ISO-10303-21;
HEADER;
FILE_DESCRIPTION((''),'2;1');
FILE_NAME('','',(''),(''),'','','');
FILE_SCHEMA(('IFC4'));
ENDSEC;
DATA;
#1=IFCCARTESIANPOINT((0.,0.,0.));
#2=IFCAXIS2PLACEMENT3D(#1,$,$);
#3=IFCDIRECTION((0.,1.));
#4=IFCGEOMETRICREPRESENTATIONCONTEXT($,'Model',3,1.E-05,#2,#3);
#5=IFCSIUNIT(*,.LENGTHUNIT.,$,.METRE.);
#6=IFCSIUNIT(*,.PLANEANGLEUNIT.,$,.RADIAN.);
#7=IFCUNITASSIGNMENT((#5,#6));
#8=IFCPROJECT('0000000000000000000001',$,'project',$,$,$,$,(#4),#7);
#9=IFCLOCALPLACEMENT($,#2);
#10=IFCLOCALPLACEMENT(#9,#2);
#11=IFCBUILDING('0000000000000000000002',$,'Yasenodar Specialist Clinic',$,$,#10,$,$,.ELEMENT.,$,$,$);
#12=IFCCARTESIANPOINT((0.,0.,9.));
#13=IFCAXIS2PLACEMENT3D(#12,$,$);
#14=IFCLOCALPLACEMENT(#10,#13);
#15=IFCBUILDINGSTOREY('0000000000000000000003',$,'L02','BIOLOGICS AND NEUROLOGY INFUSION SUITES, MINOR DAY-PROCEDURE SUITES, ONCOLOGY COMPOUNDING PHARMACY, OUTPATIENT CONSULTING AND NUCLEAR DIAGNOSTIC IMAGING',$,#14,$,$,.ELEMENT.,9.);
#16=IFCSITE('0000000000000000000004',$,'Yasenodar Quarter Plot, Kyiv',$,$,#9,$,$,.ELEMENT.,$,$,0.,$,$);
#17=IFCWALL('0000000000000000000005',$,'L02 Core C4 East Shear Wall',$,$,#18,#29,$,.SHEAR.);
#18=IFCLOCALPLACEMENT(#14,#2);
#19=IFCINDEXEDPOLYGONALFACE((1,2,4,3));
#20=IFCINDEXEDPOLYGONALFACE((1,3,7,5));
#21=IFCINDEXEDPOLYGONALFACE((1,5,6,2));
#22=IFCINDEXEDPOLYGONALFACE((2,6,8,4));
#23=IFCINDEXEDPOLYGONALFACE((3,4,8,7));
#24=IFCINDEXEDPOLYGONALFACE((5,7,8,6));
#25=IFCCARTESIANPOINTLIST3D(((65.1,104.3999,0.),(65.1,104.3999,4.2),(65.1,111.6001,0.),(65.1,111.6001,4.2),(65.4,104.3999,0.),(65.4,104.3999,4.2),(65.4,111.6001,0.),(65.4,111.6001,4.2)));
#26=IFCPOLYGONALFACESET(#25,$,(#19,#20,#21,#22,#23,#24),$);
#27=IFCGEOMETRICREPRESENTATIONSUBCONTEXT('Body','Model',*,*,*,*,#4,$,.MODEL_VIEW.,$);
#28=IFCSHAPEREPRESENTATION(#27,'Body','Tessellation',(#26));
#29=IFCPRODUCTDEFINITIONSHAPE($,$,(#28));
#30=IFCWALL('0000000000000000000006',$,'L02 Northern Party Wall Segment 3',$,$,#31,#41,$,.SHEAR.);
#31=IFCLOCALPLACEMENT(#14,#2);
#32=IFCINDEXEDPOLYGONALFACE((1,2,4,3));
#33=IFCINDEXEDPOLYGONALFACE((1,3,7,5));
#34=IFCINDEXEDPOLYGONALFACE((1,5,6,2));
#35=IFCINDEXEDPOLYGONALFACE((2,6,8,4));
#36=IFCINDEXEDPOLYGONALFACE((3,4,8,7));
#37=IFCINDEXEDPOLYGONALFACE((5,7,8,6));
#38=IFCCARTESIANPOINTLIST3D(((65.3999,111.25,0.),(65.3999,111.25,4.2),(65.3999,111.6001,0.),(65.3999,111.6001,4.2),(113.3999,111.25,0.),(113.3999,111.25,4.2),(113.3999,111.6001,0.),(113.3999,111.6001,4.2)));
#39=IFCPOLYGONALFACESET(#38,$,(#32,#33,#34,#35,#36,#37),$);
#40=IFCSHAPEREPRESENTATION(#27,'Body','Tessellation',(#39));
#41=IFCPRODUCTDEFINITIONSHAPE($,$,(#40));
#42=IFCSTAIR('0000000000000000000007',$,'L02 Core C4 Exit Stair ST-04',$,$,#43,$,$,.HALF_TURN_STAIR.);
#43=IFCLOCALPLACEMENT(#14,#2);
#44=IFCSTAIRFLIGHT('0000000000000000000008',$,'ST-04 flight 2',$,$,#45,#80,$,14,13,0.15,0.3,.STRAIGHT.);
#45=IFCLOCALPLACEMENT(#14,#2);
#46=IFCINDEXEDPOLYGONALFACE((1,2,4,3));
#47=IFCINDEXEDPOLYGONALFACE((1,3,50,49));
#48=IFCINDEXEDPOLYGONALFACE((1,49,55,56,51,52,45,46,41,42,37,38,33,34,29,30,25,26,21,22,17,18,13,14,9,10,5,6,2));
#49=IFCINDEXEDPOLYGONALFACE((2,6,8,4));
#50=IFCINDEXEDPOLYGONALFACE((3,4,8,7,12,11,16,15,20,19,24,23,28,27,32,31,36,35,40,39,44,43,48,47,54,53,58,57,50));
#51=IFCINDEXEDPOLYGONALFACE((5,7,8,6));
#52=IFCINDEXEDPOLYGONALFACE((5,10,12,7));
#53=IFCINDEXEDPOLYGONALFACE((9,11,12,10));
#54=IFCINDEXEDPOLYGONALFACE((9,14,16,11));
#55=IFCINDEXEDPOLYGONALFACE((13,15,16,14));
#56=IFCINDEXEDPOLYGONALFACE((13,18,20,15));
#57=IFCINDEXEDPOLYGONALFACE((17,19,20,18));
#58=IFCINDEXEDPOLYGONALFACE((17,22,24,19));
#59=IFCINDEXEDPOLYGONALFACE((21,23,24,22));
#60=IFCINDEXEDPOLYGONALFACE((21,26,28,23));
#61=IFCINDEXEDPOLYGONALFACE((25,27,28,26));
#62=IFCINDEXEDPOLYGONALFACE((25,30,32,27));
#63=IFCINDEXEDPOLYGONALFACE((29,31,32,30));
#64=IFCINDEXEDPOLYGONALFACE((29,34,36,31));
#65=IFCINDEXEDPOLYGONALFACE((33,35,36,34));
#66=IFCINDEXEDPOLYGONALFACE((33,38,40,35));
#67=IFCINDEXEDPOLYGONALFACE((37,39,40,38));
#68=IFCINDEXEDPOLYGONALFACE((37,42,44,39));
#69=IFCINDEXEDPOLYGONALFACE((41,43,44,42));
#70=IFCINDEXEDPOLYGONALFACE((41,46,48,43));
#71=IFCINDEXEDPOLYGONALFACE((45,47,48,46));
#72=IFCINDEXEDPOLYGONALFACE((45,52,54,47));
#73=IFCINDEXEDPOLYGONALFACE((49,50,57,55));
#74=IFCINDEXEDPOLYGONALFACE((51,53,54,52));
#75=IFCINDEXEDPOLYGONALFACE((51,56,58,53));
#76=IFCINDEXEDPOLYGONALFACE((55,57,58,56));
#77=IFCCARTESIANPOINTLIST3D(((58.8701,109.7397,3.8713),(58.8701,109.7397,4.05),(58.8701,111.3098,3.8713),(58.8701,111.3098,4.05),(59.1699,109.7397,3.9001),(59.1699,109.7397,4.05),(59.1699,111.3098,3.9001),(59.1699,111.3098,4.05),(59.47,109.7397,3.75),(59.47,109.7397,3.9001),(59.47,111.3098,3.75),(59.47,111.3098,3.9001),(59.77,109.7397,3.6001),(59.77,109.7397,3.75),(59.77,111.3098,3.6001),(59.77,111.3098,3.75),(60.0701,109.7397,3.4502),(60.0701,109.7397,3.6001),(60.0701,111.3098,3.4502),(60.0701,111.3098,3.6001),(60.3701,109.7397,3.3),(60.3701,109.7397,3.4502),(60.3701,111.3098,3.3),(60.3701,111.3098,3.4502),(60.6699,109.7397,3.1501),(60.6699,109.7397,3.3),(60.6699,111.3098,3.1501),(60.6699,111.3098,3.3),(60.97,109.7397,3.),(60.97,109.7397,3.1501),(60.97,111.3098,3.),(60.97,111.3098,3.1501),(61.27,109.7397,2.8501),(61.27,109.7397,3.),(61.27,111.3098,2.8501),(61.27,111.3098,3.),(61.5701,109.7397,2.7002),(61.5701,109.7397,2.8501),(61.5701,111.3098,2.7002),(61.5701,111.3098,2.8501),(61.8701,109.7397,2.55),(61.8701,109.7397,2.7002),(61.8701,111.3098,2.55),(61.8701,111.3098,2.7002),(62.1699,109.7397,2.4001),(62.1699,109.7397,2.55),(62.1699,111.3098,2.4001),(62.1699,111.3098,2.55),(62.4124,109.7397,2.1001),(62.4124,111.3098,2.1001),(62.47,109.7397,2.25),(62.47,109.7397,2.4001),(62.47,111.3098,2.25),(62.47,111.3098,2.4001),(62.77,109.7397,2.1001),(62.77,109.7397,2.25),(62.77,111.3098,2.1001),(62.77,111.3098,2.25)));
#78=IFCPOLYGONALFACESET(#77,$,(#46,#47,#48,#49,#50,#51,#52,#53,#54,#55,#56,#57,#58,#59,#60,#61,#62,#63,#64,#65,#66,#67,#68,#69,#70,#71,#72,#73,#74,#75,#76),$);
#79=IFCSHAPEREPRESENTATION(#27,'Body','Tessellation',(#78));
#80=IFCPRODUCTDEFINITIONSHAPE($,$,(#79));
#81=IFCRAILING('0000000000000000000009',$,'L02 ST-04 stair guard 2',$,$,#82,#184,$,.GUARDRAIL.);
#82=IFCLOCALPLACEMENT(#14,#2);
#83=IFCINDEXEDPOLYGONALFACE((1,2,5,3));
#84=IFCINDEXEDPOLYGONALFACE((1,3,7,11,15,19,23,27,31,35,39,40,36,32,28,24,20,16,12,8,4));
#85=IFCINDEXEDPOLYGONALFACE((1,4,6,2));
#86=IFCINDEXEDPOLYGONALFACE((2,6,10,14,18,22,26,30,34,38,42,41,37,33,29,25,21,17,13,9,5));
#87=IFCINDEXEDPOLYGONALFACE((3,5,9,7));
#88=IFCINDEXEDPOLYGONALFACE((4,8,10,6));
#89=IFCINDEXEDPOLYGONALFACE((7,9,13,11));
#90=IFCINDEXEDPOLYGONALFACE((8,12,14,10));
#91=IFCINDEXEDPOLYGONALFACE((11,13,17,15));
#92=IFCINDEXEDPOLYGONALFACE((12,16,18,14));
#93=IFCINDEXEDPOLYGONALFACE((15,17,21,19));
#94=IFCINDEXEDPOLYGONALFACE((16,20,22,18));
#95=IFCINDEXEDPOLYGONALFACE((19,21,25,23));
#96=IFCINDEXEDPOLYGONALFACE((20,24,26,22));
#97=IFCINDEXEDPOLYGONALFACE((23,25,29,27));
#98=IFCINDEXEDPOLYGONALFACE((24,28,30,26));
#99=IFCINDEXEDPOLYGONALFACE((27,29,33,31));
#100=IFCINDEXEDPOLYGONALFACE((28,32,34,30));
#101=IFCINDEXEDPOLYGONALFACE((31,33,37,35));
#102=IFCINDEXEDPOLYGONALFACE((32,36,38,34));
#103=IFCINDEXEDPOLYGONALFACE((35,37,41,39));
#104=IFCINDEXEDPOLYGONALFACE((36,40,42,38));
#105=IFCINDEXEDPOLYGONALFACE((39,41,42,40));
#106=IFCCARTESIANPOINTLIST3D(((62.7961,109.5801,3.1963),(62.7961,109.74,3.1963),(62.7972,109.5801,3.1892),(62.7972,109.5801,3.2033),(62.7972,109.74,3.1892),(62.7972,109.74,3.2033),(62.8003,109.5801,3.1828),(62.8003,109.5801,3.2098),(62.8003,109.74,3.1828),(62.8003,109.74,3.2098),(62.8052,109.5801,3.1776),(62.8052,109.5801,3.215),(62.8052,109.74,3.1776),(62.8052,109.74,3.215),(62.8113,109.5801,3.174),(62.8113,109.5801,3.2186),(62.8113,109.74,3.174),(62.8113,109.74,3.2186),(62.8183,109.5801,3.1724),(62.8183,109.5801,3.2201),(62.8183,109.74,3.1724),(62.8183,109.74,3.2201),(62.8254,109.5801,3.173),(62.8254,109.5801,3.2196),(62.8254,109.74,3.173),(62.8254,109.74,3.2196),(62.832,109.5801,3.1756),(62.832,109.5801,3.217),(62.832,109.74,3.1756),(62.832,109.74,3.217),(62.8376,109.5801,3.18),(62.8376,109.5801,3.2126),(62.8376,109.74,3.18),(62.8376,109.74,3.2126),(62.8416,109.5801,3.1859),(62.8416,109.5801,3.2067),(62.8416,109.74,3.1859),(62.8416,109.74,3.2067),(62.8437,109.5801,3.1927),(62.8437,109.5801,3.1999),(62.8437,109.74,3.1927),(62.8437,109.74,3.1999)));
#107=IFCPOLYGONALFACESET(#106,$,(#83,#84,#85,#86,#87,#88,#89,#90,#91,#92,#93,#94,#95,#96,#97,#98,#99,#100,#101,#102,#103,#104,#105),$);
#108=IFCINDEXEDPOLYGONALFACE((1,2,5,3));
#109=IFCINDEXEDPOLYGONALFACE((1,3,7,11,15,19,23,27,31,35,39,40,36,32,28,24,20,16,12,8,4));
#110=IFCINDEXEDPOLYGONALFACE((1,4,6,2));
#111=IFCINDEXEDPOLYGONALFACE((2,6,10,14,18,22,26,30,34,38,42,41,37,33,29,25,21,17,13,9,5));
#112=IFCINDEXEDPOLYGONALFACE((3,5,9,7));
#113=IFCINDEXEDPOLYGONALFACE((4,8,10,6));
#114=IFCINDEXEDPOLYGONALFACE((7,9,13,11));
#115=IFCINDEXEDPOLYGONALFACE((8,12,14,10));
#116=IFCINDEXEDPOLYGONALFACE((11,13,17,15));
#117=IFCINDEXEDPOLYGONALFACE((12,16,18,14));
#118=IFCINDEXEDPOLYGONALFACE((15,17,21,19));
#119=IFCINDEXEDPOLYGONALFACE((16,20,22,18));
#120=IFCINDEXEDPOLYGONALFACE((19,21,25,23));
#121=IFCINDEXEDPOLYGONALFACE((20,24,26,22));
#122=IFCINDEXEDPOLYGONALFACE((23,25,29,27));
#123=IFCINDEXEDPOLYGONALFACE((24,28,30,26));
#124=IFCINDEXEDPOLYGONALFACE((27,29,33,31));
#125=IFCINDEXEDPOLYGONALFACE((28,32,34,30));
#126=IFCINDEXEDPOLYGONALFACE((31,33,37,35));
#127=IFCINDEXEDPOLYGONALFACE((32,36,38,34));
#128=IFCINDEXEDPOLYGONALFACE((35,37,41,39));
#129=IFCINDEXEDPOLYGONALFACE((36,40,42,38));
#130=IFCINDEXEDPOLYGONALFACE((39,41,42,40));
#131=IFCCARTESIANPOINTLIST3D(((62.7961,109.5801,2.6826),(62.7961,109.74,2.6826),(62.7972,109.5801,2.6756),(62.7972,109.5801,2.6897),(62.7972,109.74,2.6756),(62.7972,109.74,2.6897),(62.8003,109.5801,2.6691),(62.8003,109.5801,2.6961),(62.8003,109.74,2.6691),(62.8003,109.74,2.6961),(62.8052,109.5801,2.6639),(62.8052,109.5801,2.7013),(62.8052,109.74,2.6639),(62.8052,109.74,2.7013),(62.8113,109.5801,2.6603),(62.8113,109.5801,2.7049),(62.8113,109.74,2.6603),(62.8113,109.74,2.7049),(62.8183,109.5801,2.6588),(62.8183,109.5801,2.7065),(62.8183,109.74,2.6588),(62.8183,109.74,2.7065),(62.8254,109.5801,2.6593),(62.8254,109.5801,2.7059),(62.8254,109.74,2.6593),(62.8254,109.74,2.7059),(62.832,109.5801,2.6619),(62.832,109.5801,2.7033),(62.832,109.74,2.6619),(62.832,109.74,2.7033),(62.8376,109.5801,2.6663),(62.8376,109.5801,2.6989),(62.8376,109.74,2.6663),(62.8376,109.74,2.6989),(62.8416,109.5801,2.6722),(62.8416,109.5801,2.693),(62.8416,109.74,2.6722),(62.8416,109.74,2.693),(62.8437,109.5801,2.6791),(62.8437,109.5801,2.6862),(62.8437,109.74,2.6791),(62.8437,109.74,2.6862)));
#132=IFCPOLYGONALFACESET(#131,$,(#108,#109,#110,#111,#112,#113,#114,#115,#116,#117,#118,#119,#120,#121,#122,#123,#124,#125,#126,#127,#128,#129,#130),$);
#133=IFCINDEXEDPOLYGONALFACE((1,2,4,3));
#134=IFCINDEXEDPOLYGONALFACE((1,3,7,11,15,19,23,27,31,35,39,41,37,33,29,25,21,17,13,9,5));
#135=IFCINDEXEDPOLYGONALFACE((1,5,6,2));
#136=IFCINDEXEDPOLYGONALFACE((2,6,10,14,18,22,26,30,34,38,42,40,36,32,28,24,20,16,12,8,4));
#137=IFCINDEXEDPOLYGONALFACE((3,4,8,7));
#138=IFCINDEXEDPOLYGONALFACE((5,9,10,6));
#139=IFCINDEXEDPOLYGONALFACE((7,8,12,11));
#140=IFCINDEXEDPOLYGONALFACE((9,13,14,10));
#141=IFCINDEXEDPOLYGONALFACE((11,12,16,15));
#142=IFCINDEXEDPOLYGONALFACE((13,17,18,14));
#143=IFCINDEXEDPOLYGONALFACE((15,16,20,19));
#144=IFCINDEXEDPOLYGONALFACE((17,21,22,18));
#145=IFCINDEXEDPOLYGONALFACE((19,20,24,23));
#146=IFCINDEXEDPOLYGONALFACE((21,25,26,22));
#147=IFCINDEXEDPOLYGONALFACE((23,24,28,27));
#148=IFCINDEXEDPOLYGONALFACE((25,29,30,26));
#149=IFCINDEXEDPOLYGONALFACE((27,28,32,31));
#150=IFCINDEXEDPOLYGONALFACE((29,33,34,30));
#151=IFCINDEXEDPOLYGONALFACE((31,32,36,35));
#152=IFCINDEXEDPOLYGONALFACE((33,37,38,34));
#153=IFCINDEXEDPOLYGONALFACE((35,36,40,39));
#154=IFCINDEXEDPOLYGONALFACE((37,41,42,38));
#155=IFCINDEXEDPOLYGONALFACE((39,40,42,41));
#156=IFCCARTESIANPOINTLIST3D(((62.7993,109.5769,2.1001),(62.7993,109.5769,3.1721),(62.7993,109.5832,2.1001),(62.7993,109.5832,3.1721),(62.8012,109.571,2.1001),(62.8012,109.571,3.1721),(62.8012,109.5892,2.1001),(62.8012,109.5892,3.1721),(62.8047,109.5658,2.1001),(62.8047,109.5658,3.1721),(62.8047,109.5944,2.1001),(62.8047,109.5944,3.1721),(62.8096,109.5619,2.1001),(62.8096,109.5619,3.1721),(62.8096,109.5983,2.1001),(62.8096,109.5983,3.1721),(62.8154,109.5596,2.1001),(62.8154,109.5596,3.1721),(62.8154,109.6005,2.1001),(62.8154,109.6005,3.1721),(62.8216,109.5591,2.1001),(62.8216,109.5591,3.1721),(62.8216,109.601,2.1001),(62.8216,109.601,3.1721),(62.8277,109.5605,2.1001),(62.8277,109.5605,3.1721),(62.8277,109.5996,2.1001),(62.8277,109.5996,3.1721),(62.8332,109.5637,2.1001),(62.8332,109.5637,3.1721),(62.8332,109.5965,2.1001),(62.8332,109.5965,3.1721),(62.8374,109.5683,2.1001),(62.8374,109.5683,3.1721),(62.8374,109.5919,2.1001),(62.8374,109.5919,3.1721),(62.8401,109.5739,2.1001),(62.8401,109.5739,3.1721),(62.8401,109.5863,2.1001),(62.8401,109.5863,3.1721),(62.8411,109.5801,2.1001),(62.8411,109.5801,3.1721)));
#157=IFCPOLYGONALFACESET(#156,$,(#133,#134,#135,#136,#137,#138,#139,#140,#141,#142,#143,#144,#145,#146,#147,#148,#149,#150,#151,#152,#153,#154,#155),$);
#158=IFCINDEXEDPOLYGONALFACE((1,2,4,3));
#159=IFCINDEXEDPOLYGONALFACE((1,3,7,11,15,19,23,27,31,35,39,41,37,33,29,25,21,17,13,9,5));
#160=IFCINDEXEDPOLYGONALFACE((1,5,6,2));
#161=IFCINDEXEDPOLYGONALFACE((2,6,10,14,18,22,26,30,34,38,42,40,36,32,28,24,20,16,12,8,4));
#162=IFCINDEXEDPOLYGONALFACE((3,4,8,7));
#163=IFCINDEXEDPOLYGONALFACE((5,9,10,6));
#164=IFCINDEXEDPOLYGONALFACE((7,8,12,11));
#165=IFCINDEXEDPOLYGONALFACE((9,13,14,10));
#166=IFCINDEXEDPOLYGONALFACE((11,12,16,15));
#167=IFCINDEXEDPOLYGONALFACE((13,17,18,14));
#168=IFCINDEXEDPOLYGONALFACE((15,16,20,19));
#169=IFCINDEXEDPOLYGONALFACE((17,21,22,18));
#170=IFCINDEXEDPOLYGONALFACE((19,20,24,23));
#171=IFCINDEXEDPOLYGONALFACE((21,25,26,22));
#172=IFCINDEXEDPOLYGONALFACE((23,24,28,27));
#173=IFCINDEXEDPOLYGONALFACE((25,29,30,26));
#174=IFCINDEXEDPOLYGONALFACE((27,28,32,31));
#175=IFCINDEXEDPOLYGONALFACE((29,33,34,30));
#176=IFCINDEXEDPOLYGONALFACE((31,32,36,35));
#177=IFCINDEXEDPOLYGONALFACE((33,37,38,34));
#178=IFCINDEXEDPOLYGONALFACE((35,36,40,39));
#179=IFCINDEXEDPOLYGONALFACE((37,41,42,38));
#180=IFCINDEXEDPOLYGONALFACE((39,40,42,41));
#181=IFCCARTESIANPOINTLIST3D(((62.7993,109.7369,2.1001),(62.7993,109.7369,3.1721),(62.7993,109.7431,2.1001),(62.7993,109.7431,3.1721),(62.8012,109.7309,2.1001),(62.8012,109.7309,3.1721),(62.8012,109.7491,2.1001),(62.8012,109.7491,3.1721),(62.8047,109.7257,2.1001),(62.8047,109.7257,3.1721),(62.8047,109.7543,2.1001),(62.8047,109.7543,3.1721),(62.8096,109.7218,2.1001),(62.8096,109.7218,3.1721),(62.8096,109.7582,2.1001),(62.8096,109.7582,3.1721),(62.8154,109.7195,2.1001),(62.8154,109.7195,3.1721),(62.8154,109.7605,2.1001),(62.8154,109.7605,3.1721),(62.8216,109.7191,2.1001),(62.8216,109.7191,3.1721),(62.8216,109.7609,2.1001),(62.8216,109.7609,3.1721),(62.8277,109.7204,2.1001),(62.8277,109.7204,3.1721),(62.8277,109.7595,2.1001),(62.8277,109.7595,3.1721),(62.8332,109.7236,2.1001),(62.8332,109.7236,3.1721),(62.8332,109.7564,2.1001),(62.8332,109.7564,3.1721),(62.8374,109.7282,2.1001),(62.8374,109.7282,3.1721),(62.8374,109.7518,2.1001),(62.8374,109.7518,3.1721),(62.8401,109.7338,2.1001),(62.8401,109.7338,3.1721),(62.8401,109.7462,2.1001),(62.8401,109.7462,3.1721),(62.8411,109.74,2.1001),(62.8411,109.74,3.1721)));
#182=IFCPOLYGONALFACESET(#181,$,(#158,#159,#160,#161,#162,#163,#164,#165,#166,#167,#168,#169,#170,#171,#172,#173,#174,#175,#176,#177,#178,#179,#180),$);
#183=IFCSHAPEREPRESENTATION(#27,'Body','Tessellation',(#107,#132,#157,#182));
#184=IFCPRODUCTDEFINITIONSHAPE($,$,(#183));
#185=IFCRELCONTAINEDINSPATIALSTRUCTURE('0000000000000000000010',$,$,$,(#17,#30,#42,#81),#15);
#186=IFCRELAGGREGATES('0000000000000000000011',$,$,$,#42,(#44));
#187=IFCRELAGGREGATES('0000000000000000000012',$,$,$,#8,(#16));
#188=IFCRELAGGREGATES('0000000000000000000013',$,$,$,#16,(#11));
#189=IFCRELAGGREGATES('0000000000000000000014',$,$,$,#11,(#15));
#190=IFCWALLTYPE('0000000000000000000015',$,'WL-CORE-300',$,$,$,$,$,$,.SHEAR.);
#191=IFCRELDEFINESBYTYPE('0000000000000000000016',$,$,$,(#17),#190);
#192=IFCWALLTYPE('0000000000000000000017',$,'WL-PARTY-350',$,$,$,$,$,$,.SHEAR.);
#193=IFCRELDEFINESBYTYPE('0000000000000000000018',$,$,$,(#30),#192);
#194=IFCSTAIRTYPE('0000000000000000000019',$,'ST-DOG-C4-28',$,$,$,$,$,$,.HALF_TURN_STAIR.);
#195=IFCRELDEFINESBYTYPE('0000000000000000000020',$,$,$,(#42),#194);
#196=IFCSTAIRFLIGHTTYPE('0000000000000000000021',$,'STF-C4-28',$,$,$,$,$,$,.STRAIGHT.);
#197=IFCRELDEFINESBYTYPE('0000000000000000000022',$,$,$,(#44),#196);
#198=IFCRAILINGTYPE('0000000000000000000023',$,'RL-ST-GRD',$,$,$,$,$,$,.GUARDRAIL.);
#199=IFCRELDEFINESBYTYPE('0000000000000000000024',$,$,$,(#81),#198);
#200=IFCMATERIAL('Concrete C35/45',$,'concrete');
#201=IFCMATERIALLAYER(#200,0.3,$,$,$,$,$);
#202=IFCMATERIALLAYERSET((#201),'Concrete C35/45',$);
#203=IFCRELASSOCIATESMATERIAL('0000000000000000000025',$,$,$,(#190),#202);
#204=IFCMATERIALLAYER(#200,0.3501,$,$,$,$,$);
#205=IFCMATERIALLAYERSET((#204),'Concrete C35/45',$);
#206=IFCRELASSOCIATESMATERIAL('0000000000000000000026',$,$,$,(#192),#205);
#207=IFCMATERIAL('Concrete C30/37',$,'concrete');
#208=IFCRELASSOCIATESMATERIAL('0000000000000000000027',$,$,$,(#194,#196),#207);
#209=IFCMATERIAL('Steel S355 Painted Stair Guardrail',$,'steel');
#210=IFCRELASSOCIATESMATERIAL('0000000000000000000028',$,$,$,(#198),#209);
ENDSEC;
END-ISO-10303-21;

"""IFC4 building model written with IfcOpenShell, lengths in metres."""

from ifc_helpers import new_model, si_unit, direction, frame, frame_2d, origin, origin_2d, place, context, subcontext, project, spatial, polyline, rectangle, circle, outline, extrude, material, layer, layer_set, type_object, element, aggregate, save


model = new_model("IFC4")

# Units and contexts
model_context = context("Model", 3, precision=1e-05, world=origin(), true_north=direction((0.0, 1.0)))
body_context = subcontext(model_context, "Body", "Model", "MODEL_VIEW")
ifc_project = project(units=[si_unit("LENGTHUNIT", "METRE"), si_unit("PLANEANGLEUNIT", "RADIAN")], contexts=[model_context])

# Site, building, storey
site_placement = place(None, origin())
site = spatial("IfcSite", under=ifc_project, at=site_placement, Name="Yasenodar Quarter Plot, Kyiv", CompositionType="ELEMENT", RefElevation=0.0)
building_placement = place(site_placement, origin())
building = spatial("IfcBuilding", under=site, at=building_placement, Name="Yasenodar Specialist Clinic", CompositionType="ELEMENT")
storey_placement = place(building_placement, frame((0.0, 0.0, 9.0)))
storey = spatial("IfcBuildingStorey", under=building, at=storey_placement, Name="L02", Description="BIOLOGICS AND NEUROLOGY INFUSION SUITES, MINOR DAY-PROCEDURE SUITES, ONCOLOGY COMPOUNDING PHARMACY, OUTPATIENT CONSULTING AND NUCLEAR DIAGNOSTIC IMAGING", CompositionType="ELEMENT", Elevation=9.0)

# Walls
ifc_material_1 = material(Name="Concrete C35/45", Category="concrete")
ifc_layer_1 = layer(ifc_material_1, 0.3)
ifc_layer_set_1 = layer_set([ifc_layer_1], Name="Concrete C35/45")
wall_type_1 = type_object("IfcWallType", Name="WL-CORE-300", PredefinedType="SHEAR", material=ifc_layer_set_1)
wall_1_placement = place(storey_placement, frame((65.25, 104.3999, 0.0), z_axis=(0.0, 0.0, 1.0), x_axis=(0.0, 1.0, 0.0)))
element("IfcWall", 1, at=wall_1_placement, inside=storey, type_object=wall_type_1, Name="L02 Core C4 East Shear Wall", PredefinedType="SHEAR", context=body_context, shape_type="SweptSolid", body=[
    extrude(rectangle(XDim=7.2002, YDim=0.3, at=frame_2d((3.6001, 0.0))), origin(), (0.0, 0.0, 1.0), 4.2),
])
ifc_layer_2 = layer(ifc_material_1, 0.3501)
ifc_layer_set_2 = layer_set([ifc_layer_2], Name="Concrete C35/45")
wall_type_2 = type_object("IfcWallType", Name="WL-PARTY-350", PredefinedType="SHEAR", material=ifc_layer_set_2)
wall_2_placement = place(storey_placement, frame((65.3999, 111.425, 0.0), z_axis=(0.0, 0.0, 1.0), x_axis=(1.0, 0.0, 0.0)))
element("IfcWall", 2, at=wall_2_placement, inside=storey, type_object=wall_type_2, Name="L02 Northern Party Wall Segment 3", PredefinedType="SHEAR", context=body_context, shape_type="SweptSolid", body=[
    extrude(rectangle(XDim=48.0, YDim=0.3501, at=frame_2d((24.0, 0.0))), origin(), (0.0, 0.0, 1.0), 4.2),
])

# Stair, stair flight
ifc_material_2 = material(Name="Concrete C30/37", Category="concrete")
stair_type = type_object("IfcStairType", Name="ST-DOG-C4-28", PredefinedType="HALF_TURN_STAIR", material=ifc_material_2)
stair_placement = place(storey_placement, origin())
stair = element("IfcStair", 3, at=stair_placement, inside=storey, type_object=stair_type, Name="L02 Core C4 Exit Stair ST-04", PredefinedType="HALF_TURN_STAIR")
stair_flight_type = type_object("IfcStairFlightType", Name="STF-C4-28", PredefinedType="STRAIGHT", material=ifc_material_2)
stair_flight_placement = place(storey_placement, frame((62.77, 110.5249, 2.1001), z_axis=(0.0, 0.0, 1.0), x_axis=(-1.0, 0.0, 0.0)))
stair_flight = element("IfcStairFlight", 4, at=stair_flight_placement, type_object=stair_flight_type, Name="ST-04 flight 2", NumberOfRisers=14, NumberOfTreads=13, PredefinedType="STRAIGHT", RiserHeight=0.15, TreadLength=0.3, context=body_context, shape_type="SweptSolid", body=[
    extrude(outline(polyline([(0.0, 0.0), (0.0, 0.1499), (0.3, 0.1499), (0.3, 0.3), (0.6001, 0.3), (0.6001, 0.45), (0.8999, 0.45), (0.8999, 0.6001), (1.2, 0.6001), (1.2, 0.75), (1.5, 0.75), (1.5, 0.8999), (1.8, 0.8999), (1.8, 1.05), (2.1001, 1.05), (2.1001, 1.2), (2.3999, 1.2), (2.3999, 1.3501), (2.7, 1.3501), (2.7, 1.5), (3.0, 1.5), (3.0, 1.6499), (3.3, 1.6499), (3.3, 1.8), (3.6001, 1.8), (3.6001, 1.95), (3.8999, 1.95), (3.8999, 2.1001), (3.8999, 1.7712), (0.3577, 0.0), (0.0, 0.0)])), frame((0.0, 0.7852, 0.0), z_axis=(0.0, -1.0, 0.0), x_axis=(1.0, 0.0, 0.0)), (0.0, 0.0, 1.0), 1.5701),
])
aggregate(stair, [stair_flight])

# Railing
ifc_material_3 = material(Name="Steel S355 Painted Stair Guardrail", Category="steel")
railing_type_1 = type_object("IfcRailingType", Name="RL-ST-GRD", PredefinedType="GUARDRAIL", material=ifc_material_3)
railing_1_placement = place(storey_placement, frame((62.8201, 109.5801, 2.1001)))
element("IfcRailing", 5, at=railing_1_placement, inside=storey, type_object=railing_type_1, Name="L02 ST-04 stair guard 2", PredefinedType="GUARDRAIL", context=body_context, shape_type="SweptSolid", body=[
    extrude(circle(Radius=0.0239, at=origin_2d()), frame((0.0, 0.0, 1.0962), z_axis=(0.0, 1.0, 0.0), x_axis=(-1.0, 0.0, 0.0)), (0.0, 0.0, 1.0), 0.1599),
    extrude(circle(Radius=0.0239, at=origin_2d()), frame((0.0, 0.0, 0.5825), z_axis=(0.0, 1.0, 0.0), x_axis=(-1.0, 0.0, 0.0)), (0.0, 0.0, 1.0), 0.1599),
    extrude(circle(Radius=0.021, at=origin_2d()), origin(), (0.0, 0.0, 1.0), 1.072),
    extrude(circle(Radius=0.021, at=origin_2d()), frame((0.0, 0.1599, 0.0)), (0.0, 0.0, 1.0), 1.072),
])

save(model, "model.ifc")
